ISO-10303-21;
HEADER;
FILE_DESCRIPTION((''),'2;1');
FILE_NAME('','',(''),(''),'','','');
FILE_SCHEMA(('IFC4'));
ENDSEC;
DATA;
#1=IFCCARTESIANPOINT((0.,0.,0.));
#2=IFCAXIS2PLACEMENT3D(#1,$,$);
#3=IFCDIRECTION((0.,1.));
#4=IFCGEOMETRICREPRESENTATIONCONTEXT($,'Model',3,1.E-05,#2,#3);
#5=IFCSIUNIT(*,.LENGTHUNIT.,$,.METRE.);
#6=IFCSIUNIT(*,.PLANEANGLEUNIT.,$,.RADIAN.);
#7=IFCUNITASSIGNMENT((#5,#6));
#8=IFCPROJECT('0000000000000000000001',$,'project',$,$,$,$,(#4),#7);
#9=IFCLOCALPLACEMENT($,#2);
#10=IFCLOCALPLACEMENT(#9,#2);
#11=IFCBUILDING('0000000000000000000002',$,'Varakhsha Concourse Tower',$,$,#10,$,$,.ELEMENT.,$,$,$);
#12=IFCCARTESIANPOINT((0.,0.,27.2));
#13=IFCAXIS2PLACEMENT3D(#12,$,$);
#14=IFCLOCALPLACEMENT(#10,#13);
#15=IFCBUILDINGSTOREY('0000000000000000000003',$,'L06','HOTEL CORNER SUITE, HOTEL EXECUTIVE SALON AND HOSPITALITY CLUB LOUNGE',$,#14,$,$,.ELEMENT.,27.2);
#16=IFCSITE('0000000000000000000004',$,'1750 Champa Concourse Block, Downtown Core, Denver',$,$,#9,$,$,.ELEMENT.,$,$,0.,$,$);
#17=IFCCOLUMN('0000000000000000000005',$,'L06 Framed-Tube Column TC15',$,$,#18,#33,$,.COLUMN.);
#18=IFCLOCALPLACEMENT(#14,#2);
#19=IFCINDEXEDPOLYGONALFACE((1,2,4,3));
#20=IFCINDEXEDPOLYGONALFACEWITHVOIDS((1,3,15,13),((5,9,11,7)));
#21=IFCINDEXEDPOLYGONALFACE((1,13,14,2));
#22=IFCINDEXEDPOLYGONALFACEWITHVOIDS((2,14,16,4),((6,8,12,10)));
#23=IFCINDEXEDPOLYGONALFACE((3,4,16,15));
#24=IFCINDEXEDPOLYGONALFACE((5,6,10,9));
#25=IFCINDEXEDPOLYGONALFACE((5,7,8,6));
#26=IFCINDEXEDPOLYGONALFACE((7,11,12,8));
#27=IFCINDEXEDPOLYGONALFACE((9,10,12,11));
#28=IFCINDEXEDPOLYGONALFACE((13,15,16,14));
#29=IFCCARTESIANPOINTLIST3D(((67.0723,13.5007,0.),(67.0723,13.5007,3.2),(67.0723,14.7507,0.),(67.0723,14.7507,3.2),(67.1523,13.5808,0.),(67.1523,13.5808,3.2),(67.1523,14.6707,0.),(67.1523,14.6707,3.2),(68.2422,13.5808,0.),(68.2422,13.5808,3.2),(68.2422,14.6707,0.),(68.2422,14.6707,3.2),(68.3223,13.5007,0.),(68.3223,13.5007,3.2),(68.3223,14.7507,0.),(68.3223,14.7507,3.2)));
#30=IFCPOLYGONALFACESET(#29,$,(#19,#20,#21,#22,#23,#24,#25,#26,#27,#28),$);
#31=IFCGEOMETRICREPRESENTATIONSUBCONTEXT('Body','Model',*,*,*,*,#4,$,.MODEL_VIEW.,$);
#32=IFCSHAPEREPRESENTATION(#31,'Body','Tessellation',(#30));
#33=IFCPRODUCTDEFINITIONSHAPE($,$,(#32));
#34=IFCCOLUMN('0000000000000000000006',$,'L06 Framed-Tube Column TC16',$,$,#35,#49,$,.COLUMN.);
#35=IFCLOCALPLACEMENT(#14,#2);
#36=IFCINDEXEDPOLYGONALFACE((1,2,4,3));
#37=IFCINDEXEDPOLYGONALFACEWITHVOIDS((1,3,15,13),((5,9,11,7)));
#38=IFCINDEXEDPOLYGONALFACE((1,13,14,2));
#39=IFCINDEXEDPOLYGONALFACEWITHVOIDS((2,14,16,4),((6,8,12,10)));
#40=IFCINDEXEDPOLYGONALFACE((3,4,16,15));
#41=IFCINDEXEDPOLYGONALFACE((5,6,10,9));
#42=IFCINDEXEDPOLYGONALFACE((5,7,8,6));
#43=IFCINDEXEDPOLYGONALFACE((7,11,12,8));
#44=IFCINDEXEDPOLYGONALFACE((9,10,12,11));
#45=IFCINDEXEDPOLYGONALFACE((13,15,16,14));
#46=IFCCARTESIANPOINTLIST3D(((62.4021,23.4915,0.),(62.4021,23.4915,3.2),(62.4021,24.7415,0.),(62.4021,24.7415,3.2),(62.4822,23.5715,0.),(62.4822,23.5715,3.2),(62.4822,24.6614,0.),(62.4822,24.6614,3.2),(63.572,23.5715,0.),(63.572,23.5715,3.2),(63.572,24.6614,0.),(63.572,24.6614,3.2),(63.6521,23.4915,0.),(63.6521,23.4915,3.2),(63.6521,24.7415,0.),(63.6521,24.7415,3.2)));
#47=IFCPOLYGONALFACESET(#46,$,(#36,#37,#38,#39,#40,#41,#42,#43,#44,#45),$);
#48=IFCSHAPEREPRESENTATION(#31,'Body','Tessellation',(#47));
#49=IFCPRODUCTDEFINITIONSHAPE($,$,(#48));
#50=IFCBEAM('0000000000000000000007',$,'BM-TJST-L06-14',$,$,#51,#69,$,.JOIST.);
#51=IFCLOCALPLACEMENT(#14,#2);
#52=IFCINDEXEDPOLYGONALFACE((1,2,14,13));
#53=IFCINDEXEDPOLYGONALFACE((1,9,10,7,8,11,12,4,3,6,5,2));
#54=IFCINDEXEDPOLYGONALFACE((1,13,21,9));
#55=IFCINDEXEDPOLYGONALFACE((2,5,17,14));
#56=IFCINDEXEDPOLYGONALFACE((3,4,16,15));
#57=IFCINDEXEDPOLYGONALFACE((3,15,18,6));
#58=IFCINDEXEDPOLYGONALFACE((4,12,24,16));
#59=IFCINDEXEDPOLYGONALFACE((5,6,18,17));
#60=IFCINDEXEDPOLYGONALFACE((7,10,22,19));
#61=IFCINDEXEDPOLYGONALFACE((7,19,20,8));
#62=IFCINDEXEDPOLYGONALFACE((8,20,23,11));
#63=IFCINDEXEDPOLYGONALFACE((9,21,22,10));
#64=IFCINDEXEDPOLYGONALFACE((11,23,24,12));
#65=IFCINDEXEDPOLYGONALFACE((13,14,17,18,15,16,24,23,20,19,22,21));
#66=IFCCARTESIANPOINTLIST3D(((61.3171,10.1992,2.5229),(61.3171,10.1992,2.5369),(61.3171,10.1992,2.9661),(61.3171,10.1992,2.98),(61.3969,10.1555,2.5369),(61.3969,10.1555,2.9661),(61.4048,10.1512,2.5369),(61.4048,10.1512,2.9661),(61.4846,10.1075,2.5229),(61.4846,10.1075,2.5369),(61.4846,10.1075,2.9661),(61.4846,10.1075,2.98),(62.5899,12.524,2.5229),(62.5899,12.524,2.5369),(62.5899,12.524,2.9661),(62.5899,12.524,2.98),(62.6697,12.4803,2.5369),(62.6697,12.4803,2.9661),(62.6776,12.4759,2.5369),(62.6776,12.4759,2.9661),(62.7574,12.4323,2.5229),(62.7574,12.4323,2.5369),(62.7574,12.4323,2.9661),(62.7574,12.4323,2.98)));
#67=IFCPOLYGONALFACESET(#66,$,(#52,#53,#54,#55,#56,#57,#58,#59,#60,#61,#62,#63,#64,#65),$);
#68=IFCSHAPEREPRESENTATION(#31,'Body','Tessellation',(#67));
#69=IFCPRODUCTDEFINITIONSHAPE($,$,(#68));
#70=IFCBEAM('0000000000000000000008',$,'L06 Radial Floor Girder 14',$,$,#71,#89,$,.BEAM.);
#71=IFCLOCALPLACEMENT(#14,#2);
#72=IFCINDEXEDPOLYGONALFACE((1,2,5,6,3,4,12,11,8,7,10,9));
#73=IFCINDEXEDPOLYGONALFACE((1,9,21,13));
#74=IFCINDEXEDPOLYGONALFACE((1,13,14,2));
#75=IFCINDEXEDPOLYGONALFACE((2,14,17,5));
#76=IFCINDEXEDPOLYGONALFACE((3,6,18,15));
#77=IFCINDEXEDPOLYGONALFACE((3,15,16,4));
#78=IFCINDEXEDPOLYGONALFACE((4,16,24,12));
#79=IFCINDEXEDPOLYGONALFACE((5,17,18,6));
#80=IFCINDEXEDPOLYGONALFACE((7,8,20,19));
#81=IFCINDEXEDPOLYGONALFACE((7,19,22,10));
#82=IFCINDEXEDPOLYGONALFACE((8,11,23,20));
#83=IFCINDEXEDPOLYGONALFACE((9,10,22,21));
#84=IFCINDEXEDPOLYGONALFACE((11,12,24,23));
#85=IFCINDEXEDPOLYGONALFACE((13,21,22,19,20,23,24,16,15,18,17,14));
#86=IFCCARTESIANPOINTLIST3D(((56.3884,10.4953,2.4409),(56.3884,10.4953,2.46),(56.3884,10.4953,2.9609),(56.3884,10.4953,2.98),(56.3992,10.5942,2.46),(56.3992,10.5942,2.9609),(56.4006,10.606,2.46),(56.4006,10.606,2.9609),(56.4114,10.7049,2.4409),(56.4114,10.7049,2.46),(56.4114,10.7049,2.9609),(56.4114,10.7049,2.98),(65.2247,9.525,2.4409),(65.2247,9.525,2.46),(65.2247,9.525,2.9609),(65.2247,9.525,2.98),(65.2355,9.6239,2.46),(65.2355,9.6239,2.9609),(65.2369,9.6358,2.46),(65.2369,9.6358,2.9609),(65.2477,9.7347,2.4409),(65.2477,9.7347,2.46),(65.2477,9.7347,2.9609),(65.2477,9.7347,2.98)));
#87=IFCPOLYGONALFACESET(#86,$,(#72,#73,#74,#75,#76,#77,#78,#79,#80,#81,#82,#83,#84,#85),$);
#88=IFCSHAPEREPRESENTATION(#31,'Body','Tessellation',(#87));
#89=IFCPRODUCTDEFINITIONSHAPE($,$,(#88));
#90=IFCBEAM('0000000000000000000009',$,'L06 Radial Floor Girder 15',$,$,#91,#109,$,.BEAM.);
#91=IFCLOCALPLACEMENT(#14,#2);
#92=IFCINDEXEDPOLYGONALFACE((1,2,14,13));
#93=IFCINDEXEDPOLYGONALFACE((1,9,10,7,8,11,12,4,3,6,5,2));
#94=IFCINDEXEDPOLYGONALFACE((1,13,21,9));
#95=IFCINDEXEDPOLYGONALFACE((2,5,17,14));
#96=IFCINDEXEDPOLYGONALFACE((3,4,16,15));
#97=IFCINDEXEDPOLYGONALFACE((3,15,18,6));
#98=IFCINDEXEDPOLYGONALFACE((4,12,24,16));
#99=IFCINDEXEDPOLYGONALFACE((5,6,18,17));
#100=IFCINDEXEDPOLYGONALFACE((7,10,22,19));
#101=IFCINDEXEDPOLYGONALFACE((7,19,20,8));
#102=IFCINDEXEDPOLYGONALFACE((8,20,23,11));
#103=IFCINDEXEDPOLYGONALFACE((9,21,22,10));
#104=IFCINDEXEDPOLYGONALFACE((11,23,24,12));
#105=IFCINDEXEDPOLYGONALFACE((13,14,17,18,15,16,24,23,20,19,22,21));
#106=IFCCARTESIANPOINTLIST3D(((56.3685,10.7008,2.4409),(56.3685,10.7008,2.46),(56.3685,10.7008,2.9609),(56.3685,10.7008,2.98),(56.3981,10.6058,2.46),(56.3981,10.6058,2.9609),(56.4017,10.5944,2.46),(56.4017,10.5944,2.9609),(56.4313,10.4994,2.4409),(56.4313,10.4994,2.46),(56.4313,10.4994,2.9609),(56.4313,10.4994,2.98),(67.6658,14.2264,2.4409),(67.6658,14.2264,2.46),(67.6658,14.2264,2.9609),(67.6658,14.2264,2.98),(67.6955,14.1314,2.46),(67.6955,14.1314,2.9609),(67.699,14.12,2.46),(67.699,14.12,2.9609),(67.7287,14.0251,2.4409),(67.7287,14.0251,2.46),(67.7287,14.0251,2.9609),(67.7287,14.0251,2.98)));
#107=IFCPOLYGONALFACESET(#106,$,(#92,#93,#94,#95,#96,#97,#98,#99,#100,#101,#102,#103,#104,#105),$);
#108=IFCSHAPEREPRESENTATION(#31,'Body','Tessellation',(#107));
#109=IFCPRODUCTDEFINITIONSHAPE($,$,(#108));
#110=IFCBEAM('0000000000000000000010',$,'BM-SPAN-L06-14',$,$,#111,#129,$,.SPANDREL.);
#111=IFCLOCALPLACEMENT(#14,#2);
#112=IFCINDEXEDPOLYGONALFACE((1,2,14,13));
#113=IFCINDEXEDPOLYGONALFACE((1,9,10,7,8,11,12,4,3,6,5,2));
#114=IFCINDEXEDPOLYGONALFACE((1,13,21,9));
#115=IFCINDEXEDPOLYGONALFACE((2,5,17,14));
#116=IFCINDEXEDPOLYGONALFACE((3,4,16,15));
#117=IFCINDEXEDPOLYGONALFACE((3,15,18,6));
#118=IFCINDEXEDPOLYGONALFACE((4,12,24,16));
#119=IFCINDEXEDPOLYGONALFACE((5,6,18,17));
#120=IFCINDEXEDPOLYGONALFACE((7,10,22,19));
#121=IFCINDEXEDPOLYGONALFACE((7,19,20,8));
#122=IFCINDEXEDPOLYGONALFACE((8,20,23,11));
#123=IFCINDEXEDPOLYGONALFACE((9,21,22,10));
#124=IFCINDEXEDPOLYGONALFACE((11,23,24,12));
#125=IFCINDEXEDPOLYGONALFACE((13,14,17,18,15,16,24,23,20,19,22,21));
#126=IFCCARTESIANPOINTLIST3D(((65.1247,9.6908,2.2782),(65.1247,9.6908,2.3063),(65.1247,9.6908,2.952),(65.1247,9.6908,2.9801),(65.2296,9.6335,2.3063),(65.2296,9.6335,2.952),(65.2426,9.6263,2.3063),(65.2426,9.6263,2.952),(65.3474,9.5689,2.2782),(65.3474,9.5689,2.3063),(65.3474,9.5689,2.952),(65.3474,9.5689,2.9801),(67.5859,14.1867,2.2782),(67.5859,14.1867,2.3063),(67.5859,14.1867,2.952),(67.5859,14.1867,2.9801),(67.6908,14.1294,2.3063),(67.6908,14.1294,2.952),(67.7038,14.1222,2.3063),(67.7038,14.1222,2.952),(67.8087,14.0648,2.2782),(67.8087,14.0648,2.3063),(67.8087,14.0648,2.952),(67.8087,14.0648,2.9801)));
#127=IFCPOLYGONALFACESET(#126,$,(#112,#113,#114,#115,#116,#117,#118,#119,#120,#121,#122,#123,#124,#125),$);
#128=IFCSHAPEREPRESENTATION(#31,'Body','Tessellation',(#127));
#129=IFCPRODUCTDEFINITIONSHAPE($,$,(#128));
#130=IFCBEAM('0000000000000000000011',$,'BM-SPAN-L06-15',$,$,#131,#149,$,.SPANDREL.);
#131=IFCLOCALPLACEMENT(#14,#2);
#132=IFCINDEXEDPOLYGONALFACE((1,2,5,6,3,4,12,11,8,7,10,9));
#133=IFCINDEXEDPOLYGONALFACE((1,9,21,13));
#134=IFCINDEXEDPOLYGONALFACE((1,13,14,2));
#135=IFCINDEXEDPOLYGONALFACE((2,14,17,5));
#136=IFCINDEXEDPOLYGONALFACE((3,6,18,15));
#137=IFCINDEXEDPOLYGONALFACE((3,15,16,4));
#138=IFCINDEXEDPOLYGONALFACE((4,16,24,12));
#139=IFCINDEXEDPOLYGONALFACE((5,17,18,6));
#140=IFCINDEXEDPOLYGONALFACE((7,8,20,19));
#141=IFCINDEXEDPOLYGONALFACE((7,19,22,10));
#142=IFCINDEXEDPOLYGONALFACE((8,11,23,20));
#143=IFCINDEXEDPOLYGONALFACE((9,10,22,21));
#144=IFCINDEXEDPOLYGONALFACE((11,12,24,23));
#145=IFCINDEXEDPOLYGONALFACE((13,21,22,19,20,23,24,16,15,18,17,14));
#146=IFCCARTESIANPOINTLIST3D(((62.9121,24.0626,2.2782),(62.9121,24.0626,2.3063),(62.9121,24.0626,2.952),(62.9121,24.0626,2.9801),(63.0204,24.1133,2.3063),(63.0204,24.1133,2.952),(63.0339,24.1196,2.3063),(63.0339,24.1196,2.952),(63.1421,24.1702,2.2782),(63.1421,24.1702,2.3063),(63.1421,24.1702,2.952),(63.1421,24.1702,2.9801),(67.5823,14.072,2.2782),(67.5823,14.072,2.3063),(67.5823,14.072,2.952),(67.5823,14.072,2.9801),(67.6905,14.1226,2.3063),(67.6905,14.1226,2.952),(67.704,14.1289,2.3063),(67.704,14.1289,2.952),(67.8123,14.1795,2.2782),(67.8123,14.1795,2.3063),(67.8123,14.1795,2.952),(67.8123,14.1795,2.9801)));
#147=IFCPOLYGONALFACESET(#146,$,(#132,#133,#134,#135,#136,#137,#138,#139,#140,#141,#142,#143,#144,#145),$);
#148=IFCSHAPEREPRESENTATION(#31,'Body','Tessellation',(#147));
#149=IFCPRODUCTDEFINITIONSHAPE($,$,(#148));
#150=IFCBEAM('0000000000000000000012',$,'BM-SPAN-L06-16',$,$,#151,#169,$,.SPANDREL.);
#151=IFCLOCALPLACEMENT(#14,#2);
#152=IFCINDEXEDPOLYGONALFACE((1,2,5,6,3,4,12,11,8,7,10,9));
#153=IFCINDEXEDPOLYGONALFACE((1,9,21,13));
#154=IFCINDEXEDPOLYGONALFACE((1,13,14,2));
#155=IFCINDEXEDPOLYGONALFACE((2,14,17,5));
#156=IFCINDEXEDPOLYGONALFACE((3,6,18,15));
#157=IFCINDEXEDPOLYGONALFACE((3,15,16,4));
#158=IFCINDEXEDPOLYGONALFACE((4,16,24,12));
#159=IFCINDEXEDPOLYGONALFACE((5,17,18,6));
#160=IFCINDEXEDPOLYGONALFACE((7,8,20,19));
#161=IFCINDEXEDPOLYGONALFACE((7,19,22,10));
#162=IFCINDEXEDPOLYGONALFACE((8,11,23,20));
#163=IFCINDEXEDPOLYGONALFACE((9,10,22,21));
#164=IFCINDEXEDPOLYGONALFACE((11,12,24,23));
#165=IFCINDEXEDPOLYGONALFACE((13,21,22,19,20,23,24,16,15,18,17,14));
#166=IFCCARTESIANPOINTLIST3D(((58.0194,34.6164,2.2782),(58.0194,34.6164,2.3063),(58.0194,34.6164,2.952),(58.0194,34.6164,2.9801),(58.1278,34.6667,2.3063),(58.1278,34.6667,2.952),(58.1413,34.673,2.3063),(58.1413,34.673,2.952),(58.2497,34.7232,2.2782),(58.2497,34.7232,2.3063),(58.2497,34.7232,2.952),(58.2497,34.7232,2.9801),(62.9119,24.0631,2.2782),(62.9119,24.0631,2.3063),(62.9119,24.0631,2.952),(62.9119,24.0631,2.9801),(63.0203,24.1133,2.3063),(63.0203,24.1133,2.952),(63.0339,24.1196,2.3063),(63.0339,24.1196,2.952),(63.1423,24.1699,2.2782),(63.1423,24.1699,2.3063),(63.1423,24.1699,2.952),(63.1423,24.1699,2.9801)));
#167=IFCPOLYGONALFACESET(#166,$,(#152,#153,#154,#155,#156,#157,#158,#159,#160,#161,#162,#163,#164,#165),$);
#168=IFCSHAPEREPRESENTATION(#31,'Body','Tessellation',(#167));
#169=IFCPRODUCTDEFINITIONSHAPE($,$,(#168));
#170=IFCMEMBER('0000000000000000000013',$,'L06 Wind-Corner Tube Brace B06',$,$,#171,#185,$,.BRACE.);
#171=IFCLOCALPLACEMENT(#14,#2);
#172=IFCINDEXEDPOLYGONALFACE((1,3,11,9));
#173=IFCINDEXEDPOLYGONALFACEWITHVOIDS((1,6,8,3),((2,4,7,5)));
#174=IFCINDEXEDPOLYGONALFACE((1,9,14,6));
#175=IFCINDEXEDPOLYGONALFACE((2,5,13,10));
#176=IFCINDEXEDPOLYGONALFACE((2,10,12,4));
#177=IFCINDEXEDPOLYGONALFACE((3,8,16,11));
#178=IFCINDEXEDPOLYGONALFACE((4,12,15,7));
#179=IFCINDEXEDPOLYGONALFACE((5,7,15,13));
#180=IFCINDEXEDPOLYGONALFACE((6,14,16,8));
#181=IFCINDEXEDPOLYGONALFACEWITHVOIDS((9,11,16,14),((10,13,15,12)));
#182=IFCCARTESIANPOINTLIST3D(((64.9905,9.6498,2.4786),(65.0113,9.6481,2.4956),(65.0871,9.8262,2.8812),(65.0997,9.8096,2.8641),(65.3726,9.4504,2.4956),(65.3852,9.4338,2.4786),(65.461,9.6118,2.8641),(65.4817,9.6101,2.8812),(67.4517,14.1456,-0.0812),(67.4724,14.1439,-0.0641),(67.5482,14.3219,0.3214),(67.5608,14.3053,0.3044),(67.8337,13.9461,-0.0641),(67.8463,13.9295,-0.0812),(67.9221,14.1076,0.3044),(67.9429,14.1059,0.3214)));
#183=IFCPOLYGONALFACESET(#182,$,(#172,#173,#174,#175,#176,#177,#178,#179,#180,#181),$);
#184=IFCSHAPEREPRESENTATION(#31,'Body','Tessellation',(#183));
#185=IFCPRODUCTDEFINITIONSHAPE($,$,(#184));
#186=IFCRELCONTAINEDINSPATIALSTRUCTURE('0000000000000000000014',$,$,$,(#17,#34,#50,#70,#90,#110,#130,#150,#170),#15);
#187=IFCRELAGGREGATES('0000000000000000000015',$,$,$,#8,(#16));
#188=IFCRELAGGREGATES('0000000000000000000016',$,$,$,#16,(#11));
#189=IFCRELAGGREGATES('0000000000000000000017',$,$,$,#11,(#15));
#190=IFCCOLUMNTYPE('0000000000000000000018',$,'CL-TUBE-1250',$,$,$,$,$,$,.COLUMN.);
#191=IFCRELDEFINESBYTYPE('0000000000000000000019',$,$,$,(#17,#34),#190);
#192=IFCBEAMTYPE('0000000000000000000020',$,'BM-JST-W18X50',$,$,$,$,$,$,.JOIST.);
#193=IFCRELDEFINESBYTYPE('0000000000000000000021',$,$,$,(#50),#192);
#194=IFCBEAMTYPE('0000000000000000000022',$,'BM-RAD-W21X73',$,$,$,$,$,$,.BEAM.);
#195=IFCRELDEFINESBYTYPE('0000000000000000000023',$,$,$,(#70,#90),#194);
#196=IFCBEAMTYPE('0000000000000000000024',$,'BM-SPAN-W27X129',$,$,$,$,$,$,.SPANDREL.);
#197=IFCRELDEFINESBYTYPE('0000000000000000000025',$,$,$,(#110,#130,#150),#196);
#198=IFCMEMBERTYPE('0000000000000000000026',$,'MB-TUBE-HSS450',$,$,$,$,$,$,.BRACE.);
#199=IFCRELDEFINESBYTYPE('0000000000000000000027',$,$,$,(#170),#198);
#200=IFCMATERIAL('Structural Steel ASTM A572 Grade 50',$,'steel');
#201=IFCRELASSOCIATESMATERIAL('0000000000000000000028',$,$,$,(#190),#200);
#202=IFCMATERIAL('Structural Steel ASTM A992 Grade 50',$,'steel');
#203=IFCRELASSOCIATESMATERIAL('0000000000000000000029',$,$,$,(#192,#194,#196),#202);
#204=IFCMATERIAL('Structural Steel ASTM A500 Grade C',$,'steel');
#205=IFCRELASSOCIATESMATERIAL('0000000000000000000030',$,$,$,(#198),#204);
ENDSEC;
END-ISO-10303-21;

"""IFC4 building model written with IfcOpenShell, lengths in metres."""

from ifc_helpers import new_model, si_unit, direction, frame, origin, origin_2d, place, context, subcontext, project, spatial, hollow_rectangle, i_section, extrude, source, transform, mapped, material, material_profile, profile_set, type_object, type_shapes, element, save


model = new_model("IFC4")

# Units and contexts
model_context = context("Model", 3, precision=1e-05, world=origin(), true_north=direction((0.0, 1.0)))
body_context = subcontext(model_context, "Body", "Model", "MODEL_VIEW")
ifc_project = project(units=[si_unit("LENGTHUNIT", "METRE"), si_unit("PLANEANGLEUNIT", "RADIAN")], contexts=[model_context])

# Site, building, storey
site_placement = place(None, origin())
site = spatial("IfcSite", under=ifc_project, at=site_placement, Name="1750 Champa Concourse Block, Downtown Core, Denver", CompositionType="ELEMENT", RefElevation=0.0)
building_placement = place(site_placement, origin())
building = spatial("IfcBuilding", under=site, at=building_placement, Name="Varakhsha Concourse Tower", CompositionType="ELEMENT")
storey_placement = place(building_placement, frame((0.0, 0.0, 27.2)))
storey = spatial("IfcBuildingStorey", under=building, at=storey_placement, Name="L06", Description="HOTEL CORNER SUITE, HOTEL EXECUTIVE SALON AND HOSPITALITY CLUB LOUNGE", CompositionType="ELEMENT", Elevation=27.2)

# Columns
ifc_material_1 = material(Name="Structural Steel ASTM A572 Grade 50", Category="steel")
ifc_material_profile_1 = material_profile(ifc_material_1, hollow_rectangle(XDim=1.25, YDim=1.25, WallThickness=0.0801, at=origin_2d()), Name="BOX 1250x1250x80")
ifc_profile_set_1 = profile_set([ifc_material_profile_1], Name="Structural Steel ASTM A572 Grade 50")
column_type = type_object("IfcColumnType", Name="CL-TUBE-1250", PredefinedType="COLUMN", material=ifc_profile_set_1)
for number, where, z_axis, x_axis, name in (
    (1, (67.6973, 14.1257, 0.0), (0.0, 0.0, 1.0), (1.0, 0.0, 0.0), "L06 Framed-Tube Column TC15"),
    (2, (63.0271, 24.1165, 0.0), (0.0, 0.0, 1.0), (1.0, 0.0, 0.0), "L06 Framed-Tube Column TC16"),
):
    element("IfcColumn", number, at=place(storey_placement, frame(where, z_axis=z_axis, x_axis=x_axis)), inside=storey, type_object=column_type, Name=name, PredefinedType="COLUMN", context=body_context, shape_type="SweptSolid", body=[
        extrude(hollow_rectangle(XDim=1.25, YDim=1.25, WallThickness=0.0801, at=origin_2d()), origin(), (0.0, 0.0, 1.0), 3.2),
    ])

# Beams
ifc_material_2 = material(Name="Structural Steel ASTM A992 Grade 50", Category="steel")
ifc_material_profile_2 = material_profile(ifc_material_2, i_section(OverallWidth=0.1909, OverallDepth=0.457, WebThickness=0.009, FlangeThickness=0.0139, at=origin_2d()), Name="W18X50")
ifc_profile_set_2 = profile_set([ifc_material_profile_2], Name="Structural Steel ASTM A992 Grade 50")
beam_type_1 = type_object("IfcBeamType", Name="BM-JST-W18X50", PredefinedType="JOIST", material=ifc_profile_set_2)
beam_1_placement = place(storey_placement, frame((61.4009, 10.1533, 2.7515), z_axis=(0.480213, 0.877152, 0.0), x_axis=(-0.877152, 0.480213, 0.0)))
element("IfcBeam", 3, at=beam_1_placement, inside=storey, type_object=beam_type_1, Name="BM-TJST-L06-14", PredefinedType="JOIST", context=body_context, shape_type="SweptSolid", body=[
    extrude(i_section(OverallWidth=0.1909, OverallDepth=0.457, WebThickness=0.009, FlangeThickness=0.0139, at=origin_2d()), origin(), (0.0, 0.0, 1.0), 2.6504),
])
ifc_material_profile_3 = material_profile(ifc_material_2, i_section(OverallWidth=0.2109, OverallDepth=0.5391, WebThickness=0.012, FlangeThickness=0.019, at=origin_2d()), Name="W21X73")
ifc_profile_set_3 = profile_set([ifc_material_profile_3], Name="Structural Steel ASTM A992 Grade 50")
beam_type_2 = type_object("IfcBeamType", Name="BM-RAD-W21X73", PredefinedType="BEAM", material=ifc_profile_set_3)
beam_2_placement = place(storey_placement, frame((56.3999, 10.6001, 2.7104), z_axis=(0.994026, -0.109144, 0.0), x_axis=(0.109144, 0.994026, 0.0)))
element("IfcBeam", 4, at=beam_2_placement, inside=storey, type_object=beam_type_2, Name="L06 Radial Floor Girder 14", PredefinedType="BEAM", context=body_context, shape_type="SweptSolid", body=[
    extrude(i_section(OverallWidth=0.2109, OverallDepth=0.5391, WebThickness=0.012, FlangeThickness=0.019, at=origin_2d()), origin(), (0.0, 0.0, 1.0), 8.8894),
])
beam_3_placement = place(storey_placement, frame((56.3999, 10.6001, 2.7104), z_axis=(0.954595, 0.297906, 0.0), x_axis=(-0.297906, 0.954595, 0.0)))
element("IfcBeam", 5, at=beam_3_placement, inside=storey, type_object=beam_type_2, Name="L06 Radial Floor Girder 15", PredefinedType="BEAM", context=body_context, shape_type="SweptSolid", body=[
    extrude(i_section(OverallWidth=0.2109, OverallDepth=0.5391, WebThickness=0.012, FlangeThickness=0.019, at=origin_2d()), origin(), (0.0, 0.0, 1.0), 11.8347),
])
ifc_material_profile_4 = material_profile(ifc_material_2, i_section(OverallWidth=0.2539, OverallDepth=0.7019, WebThickness=0.0149, FlangeThickness=0.0281, at=origin_2d()), Name="W27X129")
ifc_profile_set_4 = profile_set([ifc_material_profile_4], Name="Structural Steel ASTM A992 Grade 50")
beam_type_3 = type_object("IfcBeamType", Name="BM-SPAN-W27X129", PredefinedType="SPANDREL", material=ifc_profile_set_4)
beam_4_placement = place(storey_placement, frame((65.2361, 9.6299, 2.6292), z_axis=(0.48019, 0.877165, 0.0), x_axis=(-0.877165, 0.48019, 0.0)))
element("IfcBeam", 6, at=beam_4_placement, inside=storey, type_object=beam_type_3, Name="BM-SPAN-L06-14", PredefinedType="SPANDREL", context=body_context, shape_type="SweptSolid", body=[
    extrude(i_section(OverallWidth=0.2539, OverallDepth=0.7019, WebThickness=0.0149, FlangeThickness=0.0281, at=origin_2d()), origin(), (0.0, 0.0, 1.0), 5.1255),
])
beam_5_placement = place(storey_placement, frame((67.6973, 14.1257, 2.6292), z_axis=(-0.423468, 0.905911, 0.0), x_axis=(-0.905911, -0.423468, 0.0)))
element("IfcBeam", 7, at=beam_5_placement, inside=storey, type_object=beam_type_3, Name="BM-SPAN-L06-15", PredefinedType="SPANDREL", context=body_context, shape_type="SweptSolid", body=[
    extrude(i_section(OverallWidth=0.2539, OverallDepth=0.7019, WebThickness=0.0149, FlangeThickness=0.0281, at=origin_2d()), origin(), (0.0, 0.0, 1.0), 11.0283),
])
beam_6_placement = place(storey_placement, frame((63.0271, 24.1165, 2.6292), z_axis=(-0.420599, 0.907247, 0.0), x_axis=(-0.907247, -0.420599, 0.0)))
element("IfcBeam", 8, at=beam_6_placement, inside=storey, type_object=beam_type_3, Name="BM-SPAN-L06-16", PredefinedType="SPANDREL", context=body_context, shape_type="SweptSolid", body=[
    extrude(i_section(OverallWidth=0.2539, OverallDepth=0.7019, WebThickness=0.0149, FlangeThickness=0.0281, at=origin_2d()), origin(), (0.0, 0.0, 1.0), 11.6323),
])

# Member
ifc_material_3 = material(Name="Structural Steel ASTM A500 Grade C", Category="steel")
ifc_material_profile_5 = material_profile(ifc_material_3, hollow_rectangle(XDim=0.45, YDim=0.45, WallThickness=0.019, at=origin_2d()), Name="HSS 450x450x19")
ifc_profile_set_5 = profile_set([ifc_material_profile_5], Name="Structural Steel ASTM A500 Grade C")
member_type_1 = type_object("IfcMemberType", Name="MB-TUBE-HSS450", PredefinedType="BRACE", material=ifc_profile_set_5)
shared_shape_1 = source(origin(), body_context, "Body", "SweptSolid", [
    extrude(hollow_rectangle(XDim=0.45, YDim=0.45, WallThickness=0.019, at=origin_2d()), origin(), (0.0, 0.0, 1.0), 5.729),
])
type_shapes(member_type_1, [shared_shape_1])
member_1_placement = place(storey_placement, frame((67.6973, 14.1257, 0.1201), z_axis=(-0.429592, -0.784738, 0.446808), x_axis=(0.877165, -0.48019, 0.0)))
element("IfcMember", 9, at=member_1_placement, inside=storey, type_object=member_type_1, Name="L06 Wind-Corner Tube Brace B06", PredefinedType="BRACE", context=body_context, shape_type="MappedRepresentation", body=[
    mapped(shared_shape_1, transform((0.0, 0.0, 0.0), scale=1.0)),
])

save(model, "model.ifc")
